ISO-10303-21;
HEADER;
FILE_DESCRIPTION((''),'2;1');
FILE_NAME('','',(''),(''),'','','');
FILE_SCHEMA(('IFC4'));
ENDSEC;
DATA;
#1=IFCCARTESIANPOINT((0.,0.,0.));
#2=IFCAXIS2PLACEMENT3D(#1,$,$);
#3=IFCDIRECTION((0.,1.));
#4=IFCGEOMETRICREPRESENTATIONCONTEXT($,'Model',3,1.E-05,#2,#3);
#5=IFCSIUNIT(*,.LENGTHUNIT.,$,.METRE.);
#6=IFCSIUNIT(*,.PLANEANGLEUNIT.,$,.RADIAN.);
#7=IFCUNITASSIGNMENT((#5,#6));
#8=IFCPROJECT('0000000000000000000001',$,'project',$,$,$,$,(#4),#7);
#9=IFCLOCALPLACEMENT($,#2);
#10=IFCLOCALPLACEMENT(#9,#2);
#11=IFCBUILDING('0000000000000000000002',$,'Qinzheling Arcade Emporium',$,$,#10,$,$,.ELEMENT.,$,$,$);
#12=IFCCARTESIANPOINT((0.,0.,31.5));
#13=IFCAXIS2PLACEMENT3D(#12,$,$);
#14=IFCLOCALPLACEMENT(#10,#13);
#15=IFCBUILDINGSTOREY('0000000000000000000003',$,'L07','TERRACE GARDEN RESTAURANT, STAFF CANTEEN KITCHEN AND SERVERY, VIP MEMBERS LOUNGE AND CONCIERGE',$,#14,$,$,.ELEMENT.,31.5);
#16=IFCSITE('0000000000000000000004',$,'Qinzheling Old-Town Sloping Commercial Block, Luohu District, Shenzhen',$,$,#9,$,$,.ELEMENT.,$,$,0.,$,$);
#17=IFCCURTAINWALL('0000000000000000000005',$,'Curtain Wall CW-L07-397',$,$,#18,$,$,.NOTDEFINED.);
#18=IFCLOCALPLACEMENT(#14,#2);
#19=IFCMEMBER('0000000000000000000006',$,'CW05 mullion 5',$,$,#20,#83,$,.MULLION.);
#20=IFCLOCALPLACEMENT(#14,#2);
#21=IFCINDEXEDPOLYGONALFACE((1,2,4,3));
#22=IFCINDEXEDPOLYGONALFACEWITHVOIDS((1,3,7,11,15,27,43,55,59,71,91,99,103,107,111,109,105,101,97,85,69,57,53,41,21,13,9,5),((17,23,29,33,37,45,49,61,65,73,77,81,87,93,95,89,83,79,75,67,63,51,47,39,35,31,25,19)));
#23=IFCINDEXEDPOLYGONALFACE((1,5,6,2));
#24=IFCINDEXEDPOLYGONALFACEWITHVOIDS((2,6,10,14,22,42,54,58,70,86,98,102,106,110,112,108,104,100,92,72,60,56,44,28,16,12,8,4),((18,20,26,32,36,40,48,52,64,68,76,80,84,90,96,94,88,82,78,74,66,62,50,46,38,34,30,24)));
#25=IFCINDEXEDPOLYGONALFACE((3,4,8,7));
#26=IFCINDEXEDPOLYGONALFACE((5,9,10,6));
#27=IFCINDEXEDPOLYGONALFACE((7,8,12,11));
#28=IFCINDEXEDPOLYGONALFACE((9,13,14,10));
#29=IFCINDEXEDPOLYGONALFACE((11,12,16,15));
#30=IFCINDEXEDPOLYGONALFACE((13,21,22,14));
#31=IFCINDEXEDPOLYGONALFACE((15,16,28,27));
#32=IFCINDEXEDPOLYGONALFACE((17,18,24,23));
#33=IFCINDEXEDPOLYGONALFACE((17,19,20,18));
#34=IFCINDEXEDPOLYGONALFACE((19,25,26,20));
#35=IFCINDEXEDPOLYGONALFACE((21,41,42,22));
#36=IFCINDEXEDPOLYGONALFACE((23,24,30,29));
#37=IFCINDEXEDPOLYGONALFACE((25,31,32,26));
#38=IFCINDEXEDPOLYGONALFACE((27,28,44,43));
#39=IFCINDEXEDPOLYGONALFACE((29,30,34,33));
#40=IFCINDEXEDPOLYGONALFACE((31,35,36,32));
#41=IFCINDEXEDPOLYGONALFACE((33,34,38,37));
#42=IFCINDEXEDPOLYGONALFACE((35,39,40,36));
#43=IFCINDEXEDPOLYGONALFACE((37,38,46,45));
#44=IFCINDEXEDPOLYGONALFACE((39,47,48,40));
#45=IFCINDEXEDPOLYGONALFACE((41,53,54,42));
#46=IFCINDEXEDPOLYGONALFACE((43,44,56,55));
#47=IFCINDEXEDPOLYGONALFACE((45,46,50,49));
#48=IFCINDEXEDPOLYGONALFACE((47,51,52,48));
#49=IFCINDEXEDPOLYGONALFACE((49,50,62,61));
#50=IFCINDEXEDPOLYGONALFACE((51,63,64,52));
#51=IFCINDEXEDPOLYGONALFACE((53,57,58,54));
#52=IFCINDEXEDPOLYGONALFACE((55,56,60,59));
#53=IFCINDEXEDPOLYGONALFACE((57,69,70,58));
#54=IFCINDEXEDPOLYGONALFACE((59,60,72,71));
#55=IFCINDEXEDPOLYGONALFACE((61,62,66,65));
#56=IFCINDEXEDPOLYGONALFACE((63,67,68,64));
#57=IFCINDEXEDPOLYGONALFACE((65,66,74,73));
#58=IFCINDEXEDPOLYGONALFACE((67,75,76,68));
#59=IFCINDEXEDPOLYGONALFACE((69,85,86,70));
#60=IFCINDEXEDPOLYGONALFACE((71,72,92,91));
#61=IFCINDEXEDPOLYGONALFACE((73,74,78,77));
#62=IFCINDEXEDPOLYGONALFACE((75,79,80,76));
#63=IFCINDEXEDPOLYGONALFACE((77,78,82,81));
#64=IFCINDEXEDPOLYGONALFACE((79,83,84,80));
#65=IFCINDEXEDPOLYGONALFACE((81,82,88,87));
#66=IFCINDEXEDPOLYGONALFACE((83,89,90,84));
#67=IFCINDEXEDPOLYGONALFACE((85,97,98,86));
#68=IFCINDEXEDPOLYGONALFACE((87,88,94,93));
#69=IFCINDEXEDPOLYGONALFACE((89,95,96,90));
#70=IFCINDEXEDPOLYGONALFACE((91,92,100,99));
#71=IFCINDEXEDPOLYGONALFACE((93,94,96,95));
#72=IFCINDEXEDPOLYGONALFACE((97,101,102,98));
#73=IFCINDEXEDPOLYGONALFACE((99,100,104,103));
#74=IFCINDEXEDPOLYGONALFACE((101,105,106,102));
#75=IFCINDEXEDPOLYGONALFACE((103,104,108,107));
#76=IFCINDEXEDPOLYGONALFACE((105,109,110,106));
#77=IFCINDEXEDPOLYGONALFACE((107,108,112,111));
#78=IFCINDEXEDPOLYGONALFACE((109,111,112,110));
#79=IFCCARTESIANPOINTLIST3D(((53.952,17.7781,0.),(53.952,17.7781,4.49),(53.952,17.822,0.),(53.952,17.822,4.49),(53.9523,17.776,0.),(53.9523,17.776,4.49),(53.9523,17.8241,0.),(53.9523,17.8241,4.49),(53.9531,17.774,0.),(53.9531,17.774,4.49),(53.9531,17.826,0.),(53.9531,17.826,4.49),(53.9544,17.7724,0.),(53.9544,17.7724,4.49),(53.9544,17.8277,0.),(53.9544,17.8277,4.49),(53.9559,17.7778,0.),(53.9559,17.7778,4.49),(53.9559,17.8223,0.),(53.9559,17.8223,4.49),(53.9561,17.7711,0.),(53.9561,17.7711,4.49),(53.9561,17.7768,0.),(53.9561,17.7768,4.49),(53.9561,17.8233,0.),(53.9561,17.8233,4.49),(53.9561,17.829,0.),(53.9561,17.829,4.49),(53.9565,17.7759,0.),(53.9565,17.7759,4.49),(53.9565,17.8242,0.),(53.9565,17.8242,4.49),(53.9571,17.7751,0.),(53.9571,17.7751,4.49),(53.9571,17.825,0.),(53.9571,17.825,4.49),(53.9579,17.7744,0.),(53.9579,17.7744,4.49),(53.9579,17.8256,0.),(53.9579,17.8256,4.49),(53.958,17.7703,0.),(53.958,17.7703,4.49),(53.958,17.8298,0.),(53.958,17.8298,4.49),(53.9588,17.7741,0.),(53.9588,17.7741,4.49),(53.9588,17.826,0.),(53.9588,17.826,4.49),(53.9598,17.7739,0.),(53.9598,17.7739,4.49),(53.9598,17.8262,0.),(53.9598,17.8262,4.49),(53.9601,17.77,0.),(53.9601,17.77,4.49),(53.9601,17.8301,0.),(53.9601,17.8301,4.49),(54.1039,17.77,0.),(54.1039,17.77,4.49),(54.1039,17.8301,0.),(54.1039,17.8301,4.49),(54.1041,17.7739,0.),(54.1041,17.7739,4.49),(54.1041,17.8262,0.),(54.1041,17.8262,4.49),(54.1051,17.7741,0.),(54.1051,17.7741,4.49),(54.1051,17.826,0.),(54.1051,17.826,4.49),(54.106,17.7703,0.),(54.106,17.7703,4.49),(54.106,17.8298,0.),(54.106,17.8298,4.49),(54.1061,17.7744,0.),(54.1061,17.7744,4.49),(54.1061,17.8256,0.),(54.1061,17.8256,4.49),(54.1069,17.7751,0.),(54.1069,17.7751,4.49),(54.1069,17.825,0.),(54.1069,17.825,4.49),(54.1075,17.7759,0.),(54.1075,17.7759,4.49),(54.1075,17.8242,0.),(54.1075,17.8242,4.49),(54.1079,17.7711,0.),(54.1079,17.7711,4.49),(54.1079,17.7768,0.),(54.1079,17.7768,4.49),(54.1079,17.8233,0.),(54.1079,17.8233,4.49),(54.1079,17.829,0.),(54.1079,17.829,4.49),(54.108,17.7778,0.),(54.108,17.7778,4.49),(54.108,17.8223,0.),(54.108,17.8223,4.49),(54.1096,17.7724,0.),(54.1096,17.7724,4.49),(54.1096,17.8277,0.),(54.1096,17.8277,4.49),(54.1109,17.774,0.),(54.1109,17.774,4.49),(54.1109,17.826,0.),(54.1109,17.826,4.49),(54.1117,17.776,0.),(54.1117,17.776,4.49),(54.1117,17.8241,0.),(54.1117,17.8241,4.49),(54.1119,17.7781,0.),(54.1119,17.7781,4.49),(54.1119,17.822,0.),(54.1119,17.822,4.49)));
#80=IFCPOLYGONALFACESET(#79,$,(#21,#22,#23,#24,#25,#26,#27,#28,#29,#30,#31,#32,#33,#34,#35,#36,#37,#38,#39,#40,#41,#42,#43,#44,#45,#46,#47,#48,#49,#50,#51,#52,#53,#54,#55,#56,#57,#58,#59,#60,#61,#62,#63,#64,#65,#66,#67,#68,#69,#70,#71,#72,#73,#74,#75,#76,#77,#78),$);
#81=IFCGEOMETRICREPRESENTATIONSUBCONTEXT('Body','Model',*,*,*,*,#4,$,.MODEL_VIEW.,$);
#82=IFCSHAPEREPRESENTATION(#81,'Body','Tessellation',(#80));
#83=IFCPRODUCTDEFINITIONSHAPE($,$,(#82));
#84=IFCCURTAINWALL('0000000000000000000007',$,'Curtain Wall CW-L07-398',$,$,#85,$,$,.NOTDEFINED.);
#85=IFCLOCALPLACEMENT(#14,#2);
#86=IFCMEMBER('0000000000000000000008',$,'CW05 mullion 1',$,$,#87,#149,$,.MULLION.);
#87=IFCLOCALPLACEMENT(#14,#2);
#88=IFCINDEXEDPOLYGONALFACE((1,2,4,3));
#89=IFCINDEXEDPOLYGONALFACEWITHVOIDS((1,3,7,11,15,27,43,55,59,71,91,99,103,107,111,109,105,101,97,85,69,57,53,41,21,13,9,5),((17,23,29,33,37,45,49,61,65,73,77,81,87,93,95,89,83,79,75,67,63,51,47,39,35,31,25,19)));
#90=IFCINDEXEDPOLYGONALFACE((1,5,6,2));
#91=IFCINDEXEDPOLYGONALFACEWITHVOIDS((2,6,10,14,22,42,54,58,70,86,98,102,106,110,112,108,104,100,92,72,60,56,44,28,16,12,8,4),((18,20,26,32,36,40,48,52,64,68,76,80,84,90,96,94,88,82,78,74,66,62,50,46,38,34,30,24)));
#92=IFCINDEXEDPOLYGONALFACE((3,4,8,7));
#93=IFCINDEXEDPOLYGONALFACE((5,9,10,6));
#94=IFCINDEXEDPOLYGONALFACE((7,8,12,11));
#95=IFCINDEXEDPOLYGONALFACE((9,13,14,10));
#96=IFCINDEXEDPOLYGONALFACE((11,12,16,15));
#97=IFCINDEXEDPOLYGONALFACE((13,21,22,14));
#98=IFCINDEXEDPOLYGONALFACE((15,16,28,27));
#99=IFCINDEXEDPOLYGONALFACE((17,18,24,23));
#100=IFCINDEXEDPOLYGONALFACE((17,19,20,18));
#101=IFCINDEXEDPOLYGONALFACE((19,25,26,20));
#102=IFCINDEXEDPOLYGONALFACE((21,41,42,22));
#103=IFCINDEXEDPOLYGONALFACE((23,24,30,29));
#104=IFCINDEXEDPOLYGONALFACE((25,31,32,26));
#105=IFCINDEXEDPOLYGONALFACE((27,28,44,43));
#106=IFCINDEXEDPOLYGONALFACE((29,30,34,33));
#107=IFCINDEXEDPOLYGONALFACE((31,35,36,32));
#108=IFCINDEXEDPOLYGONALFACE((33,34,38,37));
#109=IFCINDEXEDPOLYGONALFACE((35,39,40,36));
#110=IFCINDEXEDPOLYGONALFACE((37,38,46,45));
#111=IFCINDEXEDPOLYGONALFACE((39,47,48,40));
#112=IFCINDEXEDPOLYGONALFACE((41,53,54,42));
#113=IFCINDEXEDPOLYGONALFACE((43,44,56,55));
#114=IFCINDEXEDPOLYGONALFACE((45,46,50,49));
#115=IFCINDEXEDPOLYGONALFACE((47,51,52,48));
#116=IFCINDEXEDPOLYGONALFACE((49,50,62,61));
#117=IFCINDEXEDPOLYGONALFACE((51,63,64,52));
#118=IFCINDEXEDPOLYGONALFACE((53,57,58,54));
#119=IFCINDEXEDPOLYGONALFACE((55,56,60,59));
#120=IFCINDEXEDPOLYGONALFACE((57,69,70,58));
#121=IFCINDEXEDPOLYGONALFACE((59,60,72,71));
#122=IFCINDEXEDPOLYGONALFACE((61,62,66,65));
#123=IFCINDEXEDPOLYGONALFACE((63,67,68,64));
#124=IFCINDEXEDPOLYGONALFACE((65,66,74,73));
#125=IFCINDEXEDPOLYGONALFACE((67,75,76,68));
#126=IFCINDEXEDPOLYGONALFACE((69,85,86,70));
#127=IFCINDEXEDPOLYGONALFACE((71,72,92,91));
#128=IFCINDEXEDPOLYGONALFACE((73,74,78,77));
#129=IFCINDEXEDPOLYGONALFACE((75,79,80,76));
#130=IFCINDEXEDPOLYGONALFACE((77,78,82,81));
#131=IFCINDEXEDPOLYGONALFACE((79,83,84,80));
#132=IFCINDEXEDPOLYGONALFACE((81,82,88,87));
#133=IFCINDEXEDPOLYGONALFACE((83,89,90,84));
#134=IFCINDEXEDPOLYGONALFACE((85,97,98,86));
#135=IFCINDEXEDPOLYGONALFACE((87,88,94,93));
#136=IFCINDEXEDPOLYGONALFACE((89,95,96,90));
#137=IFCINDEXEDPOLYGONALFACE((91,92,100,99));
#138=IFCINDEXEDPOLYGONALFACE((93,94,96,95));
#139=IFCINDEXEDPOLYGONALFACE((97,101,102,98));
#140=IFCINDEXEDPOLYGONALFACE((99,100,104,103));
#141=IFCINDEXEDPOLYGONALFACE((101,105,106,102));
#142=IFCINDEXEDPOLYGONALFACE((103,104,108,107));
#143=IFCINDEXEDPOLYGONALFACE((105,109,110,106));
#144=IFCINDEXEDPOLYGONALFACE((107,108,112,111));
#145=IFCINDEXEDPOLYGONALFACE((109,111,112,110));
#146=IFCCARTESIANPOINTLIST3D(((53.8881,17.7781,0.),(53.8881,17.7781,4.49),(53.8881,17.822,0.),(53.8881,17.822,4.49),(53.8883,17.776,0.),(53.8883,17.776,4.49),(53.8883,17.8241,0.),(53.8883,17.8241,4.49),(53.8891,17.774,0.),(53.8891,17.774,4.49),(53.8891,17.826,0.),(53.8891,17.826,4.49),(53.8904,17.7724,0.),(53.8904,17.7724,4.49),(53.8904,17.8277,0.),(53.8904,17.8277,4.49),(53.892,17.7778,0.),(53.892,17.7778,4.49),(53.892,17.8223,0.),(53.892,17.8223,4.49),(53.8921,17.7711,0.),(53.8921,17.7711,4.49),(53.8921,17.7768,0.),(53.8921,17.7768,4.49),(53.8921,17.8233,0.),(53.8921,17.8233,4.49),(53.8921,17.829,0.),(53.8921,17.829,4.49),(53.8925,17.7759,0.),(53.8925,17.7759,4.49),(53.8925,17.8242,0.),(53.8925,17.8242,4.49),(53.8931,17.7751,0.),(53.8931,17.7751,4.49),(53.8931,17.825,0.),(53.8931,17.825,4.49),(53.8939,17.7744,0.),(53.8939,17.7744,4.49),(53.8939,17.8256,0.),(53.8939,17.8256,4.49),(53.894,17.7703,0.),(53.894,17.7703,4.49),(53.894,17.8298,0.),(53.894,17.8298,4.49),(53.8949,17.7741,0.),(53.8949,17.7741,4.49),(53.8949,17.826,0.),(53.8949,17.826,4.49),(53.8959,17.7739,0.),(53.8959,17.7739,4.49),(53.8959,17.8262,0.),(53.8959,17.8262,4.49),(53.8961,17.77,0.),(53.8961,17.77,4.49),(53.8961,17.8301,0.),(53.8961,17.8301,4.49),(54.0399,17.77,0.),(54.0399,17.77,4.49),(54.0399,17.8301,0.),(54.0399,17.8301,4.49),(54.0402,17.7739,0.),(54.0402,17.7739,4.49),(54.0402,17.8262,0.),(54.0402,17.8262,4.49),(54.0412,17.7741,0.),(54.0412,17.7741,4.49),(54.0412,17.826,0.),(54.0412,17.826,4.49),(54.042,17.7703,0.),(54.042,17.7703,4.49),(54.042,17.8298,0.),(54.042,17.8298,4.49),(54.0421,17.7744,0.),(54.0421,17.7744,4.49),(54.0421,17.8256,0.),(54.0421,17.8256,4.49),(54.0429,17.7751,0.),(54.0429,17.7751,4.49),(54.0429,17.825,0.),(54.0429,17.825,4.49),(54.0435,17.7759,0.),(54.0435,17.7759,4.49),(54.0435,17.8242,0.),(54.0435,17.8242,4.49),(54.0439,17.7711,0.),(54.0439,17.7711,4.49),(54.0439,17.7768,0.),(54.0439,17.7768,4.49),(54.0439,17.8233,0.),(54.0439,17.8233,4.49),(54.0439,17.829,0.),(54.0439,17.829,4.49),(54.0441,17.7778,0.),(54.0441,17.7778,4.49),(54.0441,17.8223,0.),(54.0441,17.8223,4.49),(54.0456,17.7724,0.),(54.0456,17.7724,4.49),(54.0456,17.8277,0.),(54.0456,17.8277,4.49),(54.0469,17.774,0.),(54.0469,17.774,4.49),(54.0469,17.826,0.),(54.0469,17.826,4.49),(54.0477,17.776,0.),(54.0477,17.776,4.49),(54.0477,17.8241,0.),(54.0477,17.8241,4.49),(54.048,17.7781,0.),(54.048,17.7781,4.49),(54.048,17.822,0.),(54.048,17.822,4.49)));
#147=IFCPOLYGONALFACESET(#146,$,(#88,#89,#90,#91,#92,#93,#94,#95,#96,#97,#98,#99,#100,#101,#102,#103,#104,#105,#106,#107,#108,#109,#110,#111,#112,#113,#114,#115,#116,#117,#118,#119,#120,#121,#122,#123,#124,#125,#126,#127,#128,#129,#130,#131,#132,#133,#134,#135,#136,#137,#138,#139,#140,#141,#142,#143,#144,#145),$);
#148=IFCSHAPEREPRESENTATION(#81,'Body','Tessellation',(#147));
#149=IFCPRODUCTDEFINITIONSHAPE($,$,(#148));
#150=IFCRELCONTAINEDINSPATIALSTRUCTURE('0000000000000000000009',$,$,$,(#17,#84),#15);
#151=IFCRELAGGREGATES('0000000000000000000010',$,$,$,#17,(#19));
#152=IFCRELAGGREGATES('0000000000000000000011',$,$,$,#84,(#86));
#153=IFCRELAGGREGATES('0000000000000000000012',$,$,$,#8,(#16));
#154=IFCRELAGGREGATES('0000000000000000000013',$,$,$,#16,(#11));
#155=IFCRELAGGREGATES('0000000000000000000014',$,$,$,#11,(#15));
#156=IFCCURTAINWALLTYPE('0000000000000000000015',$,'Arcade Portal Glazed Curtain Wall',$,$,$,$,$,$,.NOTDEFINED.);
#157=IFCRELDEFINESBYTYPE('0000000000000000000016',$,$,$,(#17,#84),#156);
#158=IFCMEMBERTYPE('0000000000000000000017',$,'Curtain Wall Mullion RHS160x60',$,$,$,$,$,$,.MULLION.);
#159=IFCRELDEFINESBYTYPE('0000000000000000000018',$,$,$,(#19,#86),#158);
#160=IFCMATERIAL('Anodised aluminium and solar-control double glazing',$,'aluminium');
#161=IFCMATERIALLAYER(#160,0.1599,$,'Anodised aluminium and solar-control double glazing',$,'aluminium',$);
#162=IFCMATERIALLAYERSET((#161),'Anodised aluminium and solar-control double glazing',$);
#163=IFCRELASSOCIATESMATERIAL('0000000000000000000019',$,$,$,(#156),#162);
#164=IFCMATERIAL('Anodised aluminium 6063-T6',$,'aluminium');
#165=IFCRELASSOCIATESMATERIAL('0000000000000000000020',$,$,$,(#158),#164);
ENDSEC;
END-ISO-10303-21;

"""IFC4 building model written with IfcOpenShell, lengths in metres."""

from ifc_helpers import new_model, si_unit, direction, frame, origin, origin_2d, place, context, subcontext, project, spatial, hollow_rectangle, extrude, material, layer, layer_set, material_profile, profile_set, type_object, element, aggregate, save


model = new_model("IFC4")

# Units and contexts
model_context = context("Model", 3, precision=1e-05, world=origin(), true_north=direction((0.0, 1.0)))
body_context = subcontext(model_context, "Body", "Model", "MODEL_VIEW")
ifc_project = project(units=[si_unit("LENGTHUNIT", "METRE"), si_unit("PLANEANGLEUNIT", "RADIAN")], contexts=[model_context])

# Site, building, storey
site_placement = place(None, origin())
site = spatial("IfcSite", under=ifc_project, at=site_placement, Name="Qinzheling Old-Town Sloping Commercial Block, Luohu District, Shenzhen", CompositionType="ELEMENT", RefElevation=0.0)
building_placement = place(site_placement, origin())
building = spatial("IfcBuilding", under=site, at=building_placement, Name="Qinzheling Arcade Emporium", CompositionType="ELEMENT")
storey_placement = place(building_placement, frame((0.0, 0.0, 31.5)))
storey = spatial("IfcBuildingStorey", under=building, at=storey_placement, Name="L07", Description="TERRACE GARDEN RESTAURANT, STAFF CANTEEN KITCHEN AND SERVERY, VIP MEMBERS LOUNGE AND CONCIERGE", CompositionType="ELEMENT", Elevation=31.5)

# Curtain wall, member
ifc_material_1 = material(Name="Anodised aluminium and solar-control double glazing", Category="aluminium")
ifc_layer_1 = layer(ifc_material_1, 0.1599, Name="Anodised aluminium and solar-control double glazing", Category="aluminium")
ifc_layer_set_1 = layer_set([ifc_layer_1], Name="Anodised aluminium and solar-control double glazing")
curtain_wall_type = type_object("IfcCurtainWallType", Name="Arcade Portal Glazed Curtain Wall", PredefinedType="NOTDEFINED", material=ifc_layer_set_1)
curtain_wall_1_placement = place(storey_placement, origin())
curtain_wall_1 = element("IfcCurtainWall", 1, at=curtain_wall_1_placement, inside=storey, type_object=curtain_wall_type, Name="Curtain Wall CW-L07-397", PredefinedType="NOTDEFINED")
ifc_material_2 = material(Name="Anodised aluminium 6063-T6", Category="aluminium")
ifc_material_profile_1 = material_profile(ifc_material_2, hollow_rectangle(XDim=0.0601, YDim=0.1599, WallThickness=0.0039, InnerFilletRadius=0.0039, OuterFilletRadius=0.0081, at=origin_2d()), Name="RHS 160x60x4", Category="aluminium")
ifc_profile_set_1 = profile_set([ifc_material_profile_1], Name="Anodised aluminium 6063-T6")
member_type_1 = type_object("IfcMemberType", Name="Curtain Wall Mullion RHS160x60", PredefinedType="MULLION", material=ifc_profile_set_1)
member_1_placement = place(storey_placement, frame((54.032, 17.8, 0.0), z_axis=(0.0, 0.0, 1.0), x_axis=(0.0, -1.0, 0.0)))
member_1 = element("IfcMember", 2, at=member_1_placement, type_object=member_type_1, Name="CW05 mullion 5", PredefinedType="MULLION", context=body_context, shape_type="SweptSolid", body=[
    extrude(hollow_rectangle(XDim=0.0601, YDim=0.1599, WallThickness=0.0039, InnerFilletRadius=0.0039, OuterFilletRadius=0.0081, at=origin_2d()), origin(), (0.0, 0.0, 1.0), 4.49),
])

# Curtain wall, member
curtain_wall_2_placement = place(storey_placement, origin())
curtain_wall_2 = element("IfcCurtainWall", 3, at=curtain_wall_2_placement, inside=storey, type_object=curtain_wall_type, Name="Curtain Wall CW-L07-398", PredefinedType="NOTDEFINED")
member_2_placement = place(storey_placement, frame((53.968, 17.8, 0.0), z_axis=(0.0, 0.0, 1.0), x_axis=(0.0, -1.0, 0.0)))
member_2 = element("IfcMember", 4, at=member_2_placement, type_object=member_type_1, Name="CW05 mullion 1", PredefinedType="MULLION", context=body_context, shape_type="SweptSolid", body=[
    extrude(hollow_rectangle(XDim=0.0601, YDim=0.1599, WallThickness=0.0039, InnerFilletRadius=0.0039, OuterFilletRadius=0.0081, at=origin_2d()), origin(), (0.0, 0.0, 1.0), 4.49),
])

aggregate(curtain_wall_1, [member_1])
aggregate(curtain_wall_2, [member_2])

save(model, "model.ifc")
